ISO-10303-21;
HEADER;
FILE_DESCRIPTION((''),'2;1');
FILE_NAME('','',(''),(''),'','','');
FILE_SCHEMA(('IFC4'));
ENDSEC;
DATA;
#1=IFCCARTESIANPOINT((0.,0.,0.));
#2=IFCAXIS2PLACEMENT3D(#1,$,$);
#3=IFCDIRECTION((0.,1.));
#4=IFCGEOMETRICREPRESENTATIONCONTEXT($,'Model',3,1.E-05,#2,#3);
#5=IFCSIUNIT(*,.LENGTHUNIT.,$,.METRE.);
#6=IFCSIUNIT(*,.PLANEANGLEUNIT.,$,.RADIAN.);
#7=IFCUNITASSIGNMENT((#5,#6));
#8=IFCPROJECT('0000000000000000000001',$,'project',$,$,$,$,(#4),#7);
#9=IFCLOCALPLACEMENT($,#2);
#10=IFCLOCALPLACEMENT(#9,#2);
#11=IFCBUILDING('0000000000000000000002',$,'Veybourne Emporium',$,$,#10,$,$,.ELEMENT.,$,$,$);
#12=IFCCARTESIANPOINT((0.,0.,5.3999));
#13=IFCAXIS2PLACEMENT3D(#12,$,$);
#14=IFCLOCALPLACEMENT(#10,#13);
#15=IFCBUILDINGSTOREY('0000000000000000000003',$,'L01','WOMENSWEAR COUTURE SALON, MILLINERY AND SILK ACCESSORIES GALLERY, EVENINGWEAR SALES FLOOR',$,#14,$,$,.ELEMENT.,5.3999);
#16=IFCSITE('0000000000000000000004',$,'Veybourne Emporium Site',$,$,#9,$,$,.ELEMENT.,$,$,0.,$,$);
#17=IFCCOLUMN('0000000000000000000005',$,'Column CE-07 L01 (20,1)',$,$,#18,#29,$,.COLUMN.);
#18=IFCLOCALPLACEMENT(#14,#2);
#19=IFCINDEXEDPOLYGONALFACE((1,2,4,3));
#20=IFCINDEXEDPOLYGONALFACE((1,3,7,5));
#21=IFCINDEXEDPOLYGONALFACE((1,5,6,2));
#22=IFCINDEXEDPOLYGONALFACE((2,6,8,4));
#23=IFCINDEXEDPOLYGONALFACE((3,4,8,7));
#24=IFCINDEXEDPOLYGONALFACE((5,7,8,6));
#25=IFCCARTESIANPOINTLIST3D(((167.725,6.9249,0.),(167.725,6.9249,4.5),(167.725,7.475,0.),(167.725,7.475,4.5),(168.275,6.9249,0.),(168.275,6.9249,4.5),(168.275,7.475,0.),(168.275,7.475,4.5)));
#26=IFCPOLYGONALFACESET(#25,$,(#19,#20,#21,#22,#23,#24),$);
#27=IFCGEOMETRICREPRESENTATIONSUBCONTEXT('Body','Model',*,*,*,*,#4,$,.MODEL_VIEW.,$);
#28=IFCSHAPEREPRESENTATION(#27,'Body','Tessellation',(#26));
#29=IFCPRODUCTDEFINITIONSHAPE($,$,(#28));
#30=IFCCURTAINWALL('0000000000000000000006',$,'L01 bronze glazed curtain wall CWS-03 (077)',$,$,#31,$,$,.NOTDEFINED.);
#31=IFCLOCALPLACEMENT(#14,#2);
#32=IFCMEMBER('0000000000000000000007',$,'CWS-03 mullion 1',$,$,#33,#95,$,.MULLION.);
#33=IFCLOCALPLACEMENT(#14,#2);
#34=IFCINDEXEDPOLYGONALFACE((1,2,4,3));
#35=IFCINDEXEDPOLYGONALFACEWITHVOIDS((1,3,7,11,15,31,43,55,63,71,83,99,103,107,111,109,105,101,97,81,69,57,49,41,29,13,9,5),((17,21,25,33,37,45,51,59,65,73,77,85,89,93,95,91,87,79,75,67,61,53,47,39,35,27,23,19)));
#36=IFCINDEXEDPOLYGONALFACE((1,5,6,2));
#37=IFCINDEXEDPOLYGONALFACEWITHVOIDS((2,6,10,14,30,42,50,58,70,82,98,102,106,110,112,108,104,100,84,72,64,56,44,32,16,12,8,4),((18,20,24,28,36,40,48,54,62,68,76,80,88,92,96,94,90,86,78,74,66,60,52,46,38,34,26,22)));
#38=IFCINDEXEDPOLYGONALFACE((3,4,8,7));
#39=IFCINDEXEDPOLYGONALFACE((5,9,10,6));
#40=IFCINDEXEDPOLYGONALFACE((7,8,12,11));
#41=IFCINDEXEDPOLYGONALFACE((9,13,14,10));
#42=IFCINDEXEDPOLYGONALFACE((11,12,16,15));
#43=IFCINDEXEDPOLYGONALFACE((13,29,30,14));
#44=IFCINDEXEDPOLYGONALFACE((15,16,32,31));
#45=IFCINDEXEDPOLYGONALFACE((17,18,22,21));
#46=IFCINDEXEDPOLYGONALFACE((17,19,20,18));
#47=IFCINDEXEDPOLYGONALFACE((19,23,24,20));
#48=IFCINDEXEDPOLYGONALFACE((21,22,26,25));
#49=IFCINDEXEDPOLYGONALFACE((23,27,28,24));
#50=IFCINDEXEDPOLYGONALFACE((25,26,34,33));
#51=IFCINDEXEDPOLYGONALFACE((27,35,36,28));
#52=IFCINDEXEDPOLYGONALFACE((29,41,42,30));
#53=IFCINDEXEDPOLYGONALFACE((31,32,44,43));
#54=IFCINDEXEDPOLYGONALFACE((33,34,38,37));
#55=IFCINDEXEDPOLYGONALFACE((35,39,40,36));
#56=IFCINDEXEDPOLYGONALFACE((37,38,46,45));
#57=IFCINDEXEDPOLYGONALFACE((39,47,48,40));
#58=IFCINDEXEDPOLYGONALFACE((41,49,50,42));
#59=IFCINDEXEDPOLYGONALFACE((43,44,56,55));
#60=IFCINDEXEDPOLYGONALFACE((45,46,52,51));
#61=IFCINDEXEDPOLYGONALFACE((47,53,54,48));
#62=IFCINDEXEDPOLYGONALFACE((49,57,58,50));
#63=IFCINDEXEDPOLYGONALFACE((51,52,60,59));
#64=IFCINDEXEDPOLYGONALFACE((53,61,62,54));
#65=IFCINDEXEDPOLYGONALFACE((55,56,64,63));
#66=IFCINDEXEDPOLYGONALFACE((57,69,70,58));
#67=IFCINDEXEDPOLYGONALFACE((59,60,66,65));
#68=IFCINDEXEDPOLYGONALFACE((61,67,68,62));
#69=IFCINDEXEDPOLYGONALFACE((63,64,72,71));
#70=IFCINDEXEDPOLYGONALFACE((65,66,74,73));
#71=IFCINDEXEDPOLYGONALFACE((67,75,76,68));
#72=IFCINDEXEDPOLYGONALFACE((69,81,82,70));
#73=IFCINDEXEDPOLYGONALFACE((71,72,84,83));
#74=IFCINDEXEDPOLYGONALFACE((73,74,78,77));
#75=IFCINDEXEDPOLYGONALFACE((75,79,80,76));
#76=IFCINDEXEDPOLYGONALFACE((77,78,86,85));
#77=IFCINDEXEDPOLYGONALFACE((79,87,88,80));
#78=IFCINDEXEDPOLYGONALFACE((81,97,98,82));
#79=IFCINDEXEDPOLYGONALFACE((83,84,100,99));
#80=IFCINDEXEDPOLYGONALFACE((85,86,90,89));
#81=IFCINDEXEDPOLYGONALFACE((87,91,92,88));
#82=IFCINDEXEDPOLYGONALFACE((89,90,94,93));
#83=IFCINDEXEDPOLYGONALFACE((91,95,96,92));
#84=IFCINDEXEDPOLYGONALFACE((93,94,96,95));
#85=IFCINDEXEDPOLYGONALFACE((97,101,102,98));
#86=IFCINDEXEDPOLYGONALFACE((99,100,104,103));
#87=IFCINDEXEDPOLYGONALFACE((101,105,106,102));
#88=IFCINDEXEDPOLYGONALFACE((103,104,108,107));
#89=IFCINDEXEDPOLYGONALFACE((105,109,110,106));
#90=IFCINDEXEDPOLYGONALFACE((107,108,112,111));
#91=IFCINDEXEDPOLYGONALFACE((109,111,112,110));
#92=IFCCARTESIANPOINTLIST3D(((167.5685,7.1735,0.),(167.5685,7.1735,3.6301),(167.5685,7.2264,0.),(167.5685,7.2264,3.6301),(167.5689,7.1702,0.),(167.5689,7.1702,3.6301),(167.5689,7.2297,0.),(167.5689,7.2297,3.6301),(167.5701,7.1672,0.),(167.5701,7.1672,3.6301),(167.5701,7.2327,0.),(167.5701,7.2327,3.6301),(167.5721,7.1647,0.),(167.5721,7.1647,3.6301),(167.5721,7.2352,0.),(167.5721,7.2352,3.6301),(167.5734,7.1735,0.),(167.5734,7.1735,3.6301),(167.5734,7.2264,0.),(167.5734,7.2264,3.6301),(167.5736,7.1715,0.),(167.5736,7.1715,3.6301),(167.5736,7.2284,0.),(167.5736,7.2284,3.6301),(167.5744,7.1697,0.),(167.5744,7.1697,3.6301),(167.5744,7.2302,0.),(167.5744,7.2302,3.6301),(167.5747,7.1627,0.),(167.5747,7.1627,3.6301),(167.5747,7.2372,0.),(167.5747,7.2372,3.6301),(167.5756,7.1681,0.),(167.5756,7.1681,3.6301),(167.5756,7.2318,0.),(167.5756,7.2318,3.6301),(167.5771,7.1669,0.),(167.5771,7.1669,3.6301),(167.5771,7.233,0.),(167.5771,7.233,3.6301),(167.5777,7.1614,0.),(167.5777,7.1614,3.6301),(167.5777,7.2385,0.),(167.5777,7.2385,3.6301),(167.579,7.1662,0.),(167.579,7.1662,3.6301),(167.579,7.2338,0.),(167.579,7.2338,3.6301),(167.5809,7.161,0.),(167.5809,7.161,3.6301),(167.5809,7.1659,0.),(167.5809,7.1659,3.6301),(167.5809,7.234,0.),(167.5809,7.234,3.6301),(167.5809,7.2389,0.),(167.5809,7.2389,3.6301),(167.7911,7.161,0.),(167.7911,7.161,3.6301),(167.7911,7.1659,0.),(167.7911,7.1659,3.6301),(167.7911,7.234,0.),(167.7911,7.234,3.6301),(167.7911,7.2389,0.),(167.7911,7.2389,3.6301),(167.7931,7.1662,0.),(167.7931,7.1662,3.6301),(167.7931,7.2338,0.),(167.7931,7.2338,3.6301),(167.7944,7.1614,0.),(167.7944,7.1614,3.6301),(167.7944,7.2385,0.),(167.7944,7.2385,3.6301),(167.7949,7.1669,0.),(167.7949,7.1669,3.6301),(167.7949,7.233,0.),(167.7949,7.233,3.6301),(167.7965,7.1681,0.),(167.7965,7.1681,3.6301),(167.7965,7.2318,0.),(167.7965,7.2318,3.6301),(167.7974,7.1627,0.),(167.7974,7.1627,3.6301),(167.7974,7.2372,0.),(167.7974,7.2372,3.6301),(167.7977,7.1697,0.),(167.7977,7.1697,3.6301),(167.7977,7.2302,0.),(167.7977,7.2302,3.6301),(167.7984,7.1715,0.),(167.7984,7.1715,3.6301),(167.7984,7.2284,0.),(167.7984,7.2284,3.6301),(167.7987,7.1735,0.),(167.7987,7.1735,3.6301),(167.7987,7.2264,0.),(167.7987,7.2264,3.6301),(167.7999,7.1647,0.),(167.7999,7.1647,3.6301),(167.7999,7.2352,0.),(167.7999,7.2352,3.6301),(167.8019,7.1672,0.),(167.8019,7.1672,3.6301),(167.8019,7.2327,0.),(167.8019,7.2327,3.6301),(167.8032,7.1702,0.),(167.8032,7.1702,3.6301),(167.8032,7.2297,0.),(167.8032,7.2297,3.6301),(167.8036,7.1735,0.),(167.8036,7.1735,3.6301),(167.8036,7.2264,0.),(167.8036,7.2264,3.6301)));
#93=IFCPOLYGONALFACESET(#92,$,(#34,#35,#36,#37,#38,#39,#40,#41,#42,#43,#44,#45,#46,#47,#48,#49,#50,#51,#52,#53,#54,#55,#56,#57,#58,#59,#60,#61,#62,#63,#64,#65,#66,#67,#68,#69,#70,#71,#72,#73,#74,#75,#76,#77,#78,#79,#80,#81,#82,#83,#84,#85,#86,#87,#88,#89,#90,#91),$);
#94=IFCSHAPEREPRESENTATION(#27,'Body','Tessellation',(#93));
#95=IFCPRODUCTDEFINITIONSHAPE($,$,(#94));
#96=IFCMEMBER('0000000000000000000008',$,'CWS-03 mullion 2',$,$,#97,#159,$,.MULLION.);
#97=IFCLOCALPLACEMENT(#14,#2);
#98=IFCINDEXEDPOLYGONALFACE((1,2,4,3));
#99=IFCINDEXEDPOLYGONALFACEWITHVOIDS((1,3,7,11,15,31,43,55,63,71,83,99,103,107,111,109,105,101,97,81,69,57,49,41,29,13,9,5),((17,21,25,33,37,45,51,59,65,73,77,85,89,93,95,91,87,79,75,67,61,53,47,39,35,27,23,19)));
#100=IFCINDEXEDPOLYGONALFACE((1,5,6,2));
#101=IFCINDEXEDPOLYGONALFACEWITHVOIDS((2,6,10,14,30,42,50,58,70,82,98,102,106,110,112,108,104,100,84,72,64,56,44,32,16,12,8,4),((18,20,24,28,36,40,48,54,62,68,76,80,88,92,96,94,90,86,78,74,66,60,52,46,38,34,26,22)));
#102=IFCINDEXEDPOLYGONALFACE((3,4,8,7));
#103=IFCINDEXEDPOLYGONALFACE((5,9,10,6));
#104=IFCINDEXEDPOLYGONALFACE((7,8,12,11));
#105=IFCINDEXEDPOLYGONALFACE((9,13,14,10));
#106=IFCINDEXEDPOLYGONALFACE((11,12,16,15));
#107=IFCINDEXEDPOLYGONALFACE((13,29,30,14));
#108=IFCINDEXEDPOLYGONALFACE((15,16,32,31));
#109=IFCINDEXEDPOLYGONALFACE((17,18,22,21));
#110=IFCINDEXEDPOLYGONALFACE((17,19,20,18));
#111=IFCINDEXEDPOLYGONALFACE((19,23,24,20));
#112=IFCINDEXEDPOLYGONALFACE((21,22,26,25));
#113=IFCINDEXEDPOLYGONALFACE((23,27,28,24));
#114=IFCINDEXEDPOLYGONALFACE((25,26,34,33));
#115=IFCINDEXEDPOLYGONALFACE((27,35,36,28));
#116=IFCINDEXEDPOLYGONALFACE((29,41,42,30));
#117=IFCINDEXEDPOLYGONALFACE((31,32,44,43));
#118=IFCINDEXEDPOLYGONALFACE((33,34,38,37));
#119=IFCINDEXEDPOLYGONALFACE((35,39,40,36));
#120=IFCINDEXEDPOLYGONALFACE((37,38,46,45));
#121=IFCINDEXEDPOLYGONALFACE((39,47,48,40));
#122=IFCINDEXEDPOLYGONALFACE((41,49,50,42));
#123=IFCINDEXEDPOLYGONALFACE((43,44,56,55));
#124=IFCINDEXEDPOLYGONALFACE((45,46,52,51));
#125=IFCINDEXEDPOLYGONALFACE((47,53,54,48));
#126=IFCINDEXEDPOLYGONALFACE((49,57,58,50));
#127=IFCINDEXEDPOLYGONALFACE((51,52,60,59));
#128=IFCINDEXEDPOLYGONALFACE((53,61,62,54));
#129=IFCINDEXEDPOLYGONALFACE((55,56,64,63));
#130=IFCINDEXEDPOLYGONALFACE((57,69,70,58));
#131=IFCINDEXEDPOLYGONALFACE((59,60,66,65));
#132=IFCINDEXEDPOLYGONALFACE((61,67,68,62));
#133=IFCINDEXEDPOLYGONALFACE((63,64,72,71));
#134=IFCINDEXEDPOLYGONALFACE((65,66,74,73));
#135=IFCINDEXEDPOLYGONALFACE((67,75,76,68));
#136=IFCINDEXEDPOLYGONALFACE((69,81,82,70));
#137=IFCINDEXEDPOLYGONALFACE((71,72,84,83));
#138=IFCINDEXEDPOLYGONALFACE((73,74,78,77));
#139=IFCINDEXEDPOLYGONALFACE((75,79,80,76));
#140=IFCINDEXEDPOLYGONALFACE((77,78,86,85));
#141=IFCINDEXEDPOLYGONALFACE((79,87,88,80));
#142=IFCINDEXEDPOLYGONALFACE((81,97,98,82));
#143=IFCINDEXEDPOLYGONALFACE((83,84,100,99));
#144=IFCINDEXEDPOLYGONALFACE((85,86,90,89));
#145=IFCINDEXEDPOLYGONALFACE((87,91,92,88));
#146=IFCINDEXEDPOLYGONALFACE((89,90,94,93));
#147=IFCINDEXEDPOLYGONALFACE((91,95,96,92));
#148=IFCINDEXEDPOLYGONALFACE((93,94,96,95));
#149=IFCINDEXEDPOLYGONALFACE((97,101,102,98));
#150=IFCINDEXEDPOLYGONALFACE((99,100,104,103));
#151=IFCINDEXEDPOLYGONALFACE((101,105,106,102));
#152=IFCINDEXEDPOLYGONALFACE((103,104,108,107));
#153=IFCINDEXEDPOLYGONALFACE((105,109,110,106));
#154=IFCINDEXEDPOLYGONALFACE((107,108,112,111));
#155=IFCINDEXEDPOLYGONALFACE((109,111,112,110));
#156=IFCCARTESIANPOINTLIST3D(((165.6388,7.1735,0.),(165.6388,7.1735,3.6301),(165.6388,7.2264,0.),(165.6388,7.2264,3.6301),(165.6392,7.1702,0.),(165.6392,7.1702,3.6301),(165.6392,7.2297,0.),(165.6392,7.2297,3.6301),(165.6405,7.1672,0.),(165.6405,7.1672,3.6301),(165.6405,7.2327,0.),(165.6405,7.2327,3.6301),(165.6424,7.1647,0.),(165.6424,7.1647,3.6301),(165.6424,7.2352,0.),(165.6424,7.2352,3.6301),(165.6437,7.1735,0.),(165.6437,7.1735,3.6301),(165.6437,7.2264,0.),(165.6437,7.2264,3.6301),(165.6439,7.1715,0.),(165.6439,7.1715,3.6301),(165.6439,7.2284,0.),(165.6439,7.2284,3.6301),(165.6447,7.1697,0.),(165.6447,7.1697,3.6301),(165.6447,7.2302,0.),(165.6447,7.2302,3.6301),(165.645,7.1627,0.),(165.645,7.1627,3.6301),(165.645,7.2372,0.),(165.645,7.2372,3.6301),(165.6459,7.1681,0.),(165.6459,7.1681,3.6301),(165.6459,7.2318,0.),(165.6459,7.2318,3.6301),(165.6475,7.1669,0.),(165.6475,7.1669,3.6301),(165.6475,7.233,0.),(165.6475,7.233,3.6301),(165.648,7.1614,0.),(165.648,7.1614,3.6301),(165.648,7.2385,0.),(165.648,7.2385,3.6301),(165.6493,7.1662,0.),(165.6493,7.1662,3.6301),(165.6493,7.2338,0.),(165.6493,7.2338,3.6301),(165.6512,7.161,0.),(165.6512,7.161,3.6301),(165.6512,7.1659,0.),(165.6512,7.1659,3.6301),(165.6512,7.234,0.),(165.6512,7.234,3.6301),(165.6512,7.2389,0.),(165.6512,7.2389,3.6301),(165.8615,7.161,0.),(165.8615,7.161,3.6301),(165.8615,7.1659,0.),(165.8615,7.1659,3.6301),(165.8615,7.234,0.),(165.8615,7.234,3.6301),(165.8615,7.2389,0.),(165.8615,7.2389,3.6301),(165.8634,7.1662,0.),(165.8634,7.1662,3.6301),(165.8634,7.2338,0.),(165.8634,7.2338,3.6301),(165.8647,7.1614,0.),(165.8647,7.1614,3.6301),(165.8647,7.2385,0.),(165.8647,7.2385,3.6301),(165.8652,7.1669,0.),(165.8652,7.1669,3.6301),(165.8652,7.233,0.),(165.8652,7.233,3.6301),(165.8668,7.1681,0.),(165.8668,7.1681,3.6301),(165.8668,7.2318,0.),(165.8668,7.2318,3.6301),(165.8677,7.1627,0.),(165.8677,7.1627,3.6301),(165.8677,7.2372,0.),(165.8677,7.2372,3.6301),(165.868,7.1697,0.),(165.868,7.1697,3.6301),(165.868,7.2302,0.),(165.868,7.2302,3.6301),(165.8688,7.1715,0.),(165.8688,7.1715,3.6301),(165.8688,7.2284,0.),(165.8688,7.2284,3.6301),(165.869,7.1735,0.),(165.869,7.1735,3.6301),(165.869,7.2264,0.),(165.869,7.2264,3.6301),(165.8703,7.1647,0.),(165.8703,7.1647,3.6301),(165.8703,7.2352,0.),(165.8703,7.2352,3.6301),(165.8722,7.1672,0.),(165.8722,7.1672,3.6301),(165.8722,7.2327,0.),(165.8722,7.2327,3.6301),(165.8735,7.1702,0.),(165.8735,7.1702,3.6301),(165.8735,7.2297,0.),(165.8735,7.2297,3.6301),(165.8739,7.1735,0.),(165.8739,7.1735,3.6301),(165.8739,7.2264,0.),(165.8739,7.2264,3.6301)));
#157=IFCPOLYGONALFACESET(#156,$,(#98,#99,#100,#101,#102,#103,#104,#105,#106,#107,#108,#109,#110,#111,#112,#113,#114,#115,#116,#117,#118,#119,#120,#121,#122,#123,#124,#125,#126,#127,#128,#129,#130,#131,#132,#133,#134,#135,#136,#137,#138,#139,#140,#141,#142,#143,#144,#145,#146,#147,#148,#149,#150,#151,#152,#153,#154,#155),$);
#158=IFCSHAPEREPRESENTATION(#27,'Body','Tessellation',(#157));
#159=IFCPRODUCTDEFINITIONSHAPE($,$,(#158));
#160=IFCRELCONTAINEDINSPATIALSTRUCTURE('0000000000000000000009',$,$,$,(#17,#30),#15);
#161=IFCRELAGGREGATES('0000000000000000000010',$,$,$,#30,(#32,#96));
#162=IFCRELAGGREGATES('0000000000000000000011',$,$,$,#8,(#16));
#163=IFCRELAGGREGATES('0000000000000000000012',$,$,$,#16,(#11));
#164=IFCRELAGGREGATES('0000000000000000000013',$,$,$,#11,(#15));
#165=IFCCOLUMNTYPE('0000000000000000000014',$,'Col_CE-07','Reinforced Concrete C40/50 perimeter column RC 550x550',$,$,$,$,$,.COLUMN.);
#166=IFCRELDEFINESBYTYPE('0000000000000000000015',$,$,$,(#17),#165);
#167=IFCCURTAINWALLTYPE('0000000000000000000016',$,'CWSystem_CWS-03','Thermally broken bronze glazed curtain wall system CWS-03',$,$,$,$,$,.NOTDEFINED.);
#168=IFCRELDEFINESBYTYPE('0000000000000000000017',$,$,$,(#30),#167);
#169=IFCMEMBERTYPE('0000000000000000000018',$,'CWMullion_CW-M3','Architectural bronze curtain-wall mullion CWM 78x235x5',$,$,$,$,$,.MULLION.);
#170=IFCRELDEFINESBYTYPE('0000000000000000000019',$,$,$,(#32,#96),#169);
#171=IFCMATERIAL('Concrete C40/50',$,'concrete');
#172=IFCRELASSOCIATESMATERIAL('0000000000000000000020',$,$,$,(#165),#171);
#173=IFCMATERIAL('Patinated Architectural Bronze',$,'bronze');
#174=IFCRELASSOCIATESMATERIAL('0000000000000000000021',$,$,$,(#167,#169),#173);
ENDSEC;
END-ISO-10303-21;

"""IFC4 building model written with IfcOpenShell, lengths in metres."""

from ifc_helpers import new_model, si_unit, direction, frame, origin, origin_2d, place, context, subcontext, project, spatial, rectangle, hollow_rectangle, extrude, material, material_profile, profile_set, type_object, element, aggregate, save


model = new_model("IFC4")

# Units and contexts
model_context = context("Model", 3, precision=1e-05, world=origin(), true_north=direction((0.0, 1.0)))
body_context = subcontext(model_context, "Body", "Model", "MODEL_VIEW")
ifc_project = project(units=[si_unit("LENGTHUNIT", "METRE"), si_unit("PLANEANGLEUNIT", "RADIAN")], contexts=[model_context])

# Site, building, storey
site_placement = place(None, origin())
site = spatial("IfcSite", under=ifc_project, at=site_placement, Name="Veybourne Emporium Site", CompositionType="ELEMENT", RefElevation=0.0)
building_placement = place(site_placement, origin())
building = spatial("IfcBuilding", under=site, at=building_placement, Name="Veybourne Emporium", CompositionType="ELEMENT")
storey_placement = place(building_placement, frame((0.0, 0.0, 5.3999)))
storey = spatial("IfcBuildingStorey", under=building, at=storey_placement, Name="L01", Description="WOMENSWEAR COUTURE SALON, MILLINERY AND SILK ACCESSORIES GALLERY, EVENINGWEAR SALES FLOOR", CompositionType="ELEMENT", Elevation=5.3999)

# Column
ifc_material_1 = material(Name="Concrete C40/50", Category="concrete")
ifc_material_profile_1 = material_profile(ifc_material_1, rectangle(XDim=0.55, YDim=0.55, at=origin_2d()), Name="RC 550x550")
ifc_profile_set_1 = profile_set([ifc_material_profile_1], Name="Concrete C40/50")
column_type = type_object("IfcColumnType", Name="Col_CE-07", Description="Reinforced Concrete C40/50 perimeter column RC 550x550", PredefinedType="COLUMN", material=ifc_profile_set_1)
column_placement = place(storey_placement, frame((168.0, 7.2, 0.0), z_axis=(0.0, 0.0, 1.0), x_axis=(1.0, 0.0, 0.0)))
element("IfcColumn", 1, at=column_placement, inside=storey, type_object=column_type, Name="Column CE-07 L01 (20,1)", PredefinedType="COLUMN", context=body_context, shape_type="SweptSolid", body=[
    extrude(rectangle(XDim=0.55, YDim=0.55, at=origin_2d()), origin(), (0.0, 0.0, 1.0), 4.5),
])

# Curtain wall, members
ifc_material_2 = material(Name="Patinated Architectural Bronze", Category="bronze")
curtain_wall_type_1 = type_object("IfcCurtainWallType", Name="CWSystem_CWS-03", Description="Thermally broken bronze glazed curtain wall system CWS-03", PredefinedType="NOTDEFINED", material=ifc_material_2)
curtain_wall_1_placement = place(storey_placement, origin())
curtain_wall_1 = element("IfcCurtainWall", 2, at=curtain_wall_1_placement, inside=storey, type_object=curtain_wall_type_1, Name="L01 bronze glazed curtain wall CWS-03 (077)", PredefinedType="NOTDEFINED")
ifc_material_profile_2 = material_profile(ifc_material_2, hollow_rectangle(XDim=0.0779, YDim=0.2351, WallThickness=0.0049, InnerFilletRadius=0.0076, OuterFilletRadius=0.0125, at=origin_2d()), Name="CWM 78x235x5")
ifc_profile_set_2 = profile_set([ifc_material_profile_2], Name="Patinated Architectural Bronze")
member_type_1 = type_object("IfcMemberType", Name="CWMullion_CW-M3", Description="Architectural bronze curtain-wall mullion CWM 78x235x5", PredefinedType="MULLION", material=ifc_profile_set_2)
member_1_placement = place(storey_placement, frame((167.686, 7.2, 0.0), z_axis=(0.0, 0.0, 1.0), x_axis=(0.0, -1.0, 0.0)))
member_1 = element("IfcMember", 3, at=member_1_placement, type_object=member_type_1, Name="CWS-03 mullion 1", PredefinedType="MULLION", context=body_context, shape_type="SweptSolid", body=[
    extrude(hollow_rectangle(XDim=0.0779, YDim=0.2351, WallThickness=0.0049, InnerFilletRadius=0.0076, OuterFilletRadius=0.0125, at=origin_2d()), origin(), (0.0, 0.0, 1.0), 3.6301),
])
member_2_placement = place(storey_placement, frame((165.7563, 7.2, 0.0), z_axis=(0.0, 0.0, 1.0), x_axis=(0.0, -1.0, 0.0)))
member_2 = element("IfcMember", 4, at=member_2_placement, type_object=member_type_1, Name="CWS-03 mullion 2", PredefinedType="MULLION", context=body_context, shape_type="SweptSolid", body=[
    extrude(hollow_rectangle(XDim=0.0779, YDim=0.2351, WallThickness=0.0049, InnerFilletRadius=0.0076, OuterFilletRadius=0.0125, at=origin_2d()), origin(), (0.0, 0.0, 1.0), 3.6301),
])

aggregate(curtain_wall_1, [member_1, member_2])

save(model, "model.ifc")
